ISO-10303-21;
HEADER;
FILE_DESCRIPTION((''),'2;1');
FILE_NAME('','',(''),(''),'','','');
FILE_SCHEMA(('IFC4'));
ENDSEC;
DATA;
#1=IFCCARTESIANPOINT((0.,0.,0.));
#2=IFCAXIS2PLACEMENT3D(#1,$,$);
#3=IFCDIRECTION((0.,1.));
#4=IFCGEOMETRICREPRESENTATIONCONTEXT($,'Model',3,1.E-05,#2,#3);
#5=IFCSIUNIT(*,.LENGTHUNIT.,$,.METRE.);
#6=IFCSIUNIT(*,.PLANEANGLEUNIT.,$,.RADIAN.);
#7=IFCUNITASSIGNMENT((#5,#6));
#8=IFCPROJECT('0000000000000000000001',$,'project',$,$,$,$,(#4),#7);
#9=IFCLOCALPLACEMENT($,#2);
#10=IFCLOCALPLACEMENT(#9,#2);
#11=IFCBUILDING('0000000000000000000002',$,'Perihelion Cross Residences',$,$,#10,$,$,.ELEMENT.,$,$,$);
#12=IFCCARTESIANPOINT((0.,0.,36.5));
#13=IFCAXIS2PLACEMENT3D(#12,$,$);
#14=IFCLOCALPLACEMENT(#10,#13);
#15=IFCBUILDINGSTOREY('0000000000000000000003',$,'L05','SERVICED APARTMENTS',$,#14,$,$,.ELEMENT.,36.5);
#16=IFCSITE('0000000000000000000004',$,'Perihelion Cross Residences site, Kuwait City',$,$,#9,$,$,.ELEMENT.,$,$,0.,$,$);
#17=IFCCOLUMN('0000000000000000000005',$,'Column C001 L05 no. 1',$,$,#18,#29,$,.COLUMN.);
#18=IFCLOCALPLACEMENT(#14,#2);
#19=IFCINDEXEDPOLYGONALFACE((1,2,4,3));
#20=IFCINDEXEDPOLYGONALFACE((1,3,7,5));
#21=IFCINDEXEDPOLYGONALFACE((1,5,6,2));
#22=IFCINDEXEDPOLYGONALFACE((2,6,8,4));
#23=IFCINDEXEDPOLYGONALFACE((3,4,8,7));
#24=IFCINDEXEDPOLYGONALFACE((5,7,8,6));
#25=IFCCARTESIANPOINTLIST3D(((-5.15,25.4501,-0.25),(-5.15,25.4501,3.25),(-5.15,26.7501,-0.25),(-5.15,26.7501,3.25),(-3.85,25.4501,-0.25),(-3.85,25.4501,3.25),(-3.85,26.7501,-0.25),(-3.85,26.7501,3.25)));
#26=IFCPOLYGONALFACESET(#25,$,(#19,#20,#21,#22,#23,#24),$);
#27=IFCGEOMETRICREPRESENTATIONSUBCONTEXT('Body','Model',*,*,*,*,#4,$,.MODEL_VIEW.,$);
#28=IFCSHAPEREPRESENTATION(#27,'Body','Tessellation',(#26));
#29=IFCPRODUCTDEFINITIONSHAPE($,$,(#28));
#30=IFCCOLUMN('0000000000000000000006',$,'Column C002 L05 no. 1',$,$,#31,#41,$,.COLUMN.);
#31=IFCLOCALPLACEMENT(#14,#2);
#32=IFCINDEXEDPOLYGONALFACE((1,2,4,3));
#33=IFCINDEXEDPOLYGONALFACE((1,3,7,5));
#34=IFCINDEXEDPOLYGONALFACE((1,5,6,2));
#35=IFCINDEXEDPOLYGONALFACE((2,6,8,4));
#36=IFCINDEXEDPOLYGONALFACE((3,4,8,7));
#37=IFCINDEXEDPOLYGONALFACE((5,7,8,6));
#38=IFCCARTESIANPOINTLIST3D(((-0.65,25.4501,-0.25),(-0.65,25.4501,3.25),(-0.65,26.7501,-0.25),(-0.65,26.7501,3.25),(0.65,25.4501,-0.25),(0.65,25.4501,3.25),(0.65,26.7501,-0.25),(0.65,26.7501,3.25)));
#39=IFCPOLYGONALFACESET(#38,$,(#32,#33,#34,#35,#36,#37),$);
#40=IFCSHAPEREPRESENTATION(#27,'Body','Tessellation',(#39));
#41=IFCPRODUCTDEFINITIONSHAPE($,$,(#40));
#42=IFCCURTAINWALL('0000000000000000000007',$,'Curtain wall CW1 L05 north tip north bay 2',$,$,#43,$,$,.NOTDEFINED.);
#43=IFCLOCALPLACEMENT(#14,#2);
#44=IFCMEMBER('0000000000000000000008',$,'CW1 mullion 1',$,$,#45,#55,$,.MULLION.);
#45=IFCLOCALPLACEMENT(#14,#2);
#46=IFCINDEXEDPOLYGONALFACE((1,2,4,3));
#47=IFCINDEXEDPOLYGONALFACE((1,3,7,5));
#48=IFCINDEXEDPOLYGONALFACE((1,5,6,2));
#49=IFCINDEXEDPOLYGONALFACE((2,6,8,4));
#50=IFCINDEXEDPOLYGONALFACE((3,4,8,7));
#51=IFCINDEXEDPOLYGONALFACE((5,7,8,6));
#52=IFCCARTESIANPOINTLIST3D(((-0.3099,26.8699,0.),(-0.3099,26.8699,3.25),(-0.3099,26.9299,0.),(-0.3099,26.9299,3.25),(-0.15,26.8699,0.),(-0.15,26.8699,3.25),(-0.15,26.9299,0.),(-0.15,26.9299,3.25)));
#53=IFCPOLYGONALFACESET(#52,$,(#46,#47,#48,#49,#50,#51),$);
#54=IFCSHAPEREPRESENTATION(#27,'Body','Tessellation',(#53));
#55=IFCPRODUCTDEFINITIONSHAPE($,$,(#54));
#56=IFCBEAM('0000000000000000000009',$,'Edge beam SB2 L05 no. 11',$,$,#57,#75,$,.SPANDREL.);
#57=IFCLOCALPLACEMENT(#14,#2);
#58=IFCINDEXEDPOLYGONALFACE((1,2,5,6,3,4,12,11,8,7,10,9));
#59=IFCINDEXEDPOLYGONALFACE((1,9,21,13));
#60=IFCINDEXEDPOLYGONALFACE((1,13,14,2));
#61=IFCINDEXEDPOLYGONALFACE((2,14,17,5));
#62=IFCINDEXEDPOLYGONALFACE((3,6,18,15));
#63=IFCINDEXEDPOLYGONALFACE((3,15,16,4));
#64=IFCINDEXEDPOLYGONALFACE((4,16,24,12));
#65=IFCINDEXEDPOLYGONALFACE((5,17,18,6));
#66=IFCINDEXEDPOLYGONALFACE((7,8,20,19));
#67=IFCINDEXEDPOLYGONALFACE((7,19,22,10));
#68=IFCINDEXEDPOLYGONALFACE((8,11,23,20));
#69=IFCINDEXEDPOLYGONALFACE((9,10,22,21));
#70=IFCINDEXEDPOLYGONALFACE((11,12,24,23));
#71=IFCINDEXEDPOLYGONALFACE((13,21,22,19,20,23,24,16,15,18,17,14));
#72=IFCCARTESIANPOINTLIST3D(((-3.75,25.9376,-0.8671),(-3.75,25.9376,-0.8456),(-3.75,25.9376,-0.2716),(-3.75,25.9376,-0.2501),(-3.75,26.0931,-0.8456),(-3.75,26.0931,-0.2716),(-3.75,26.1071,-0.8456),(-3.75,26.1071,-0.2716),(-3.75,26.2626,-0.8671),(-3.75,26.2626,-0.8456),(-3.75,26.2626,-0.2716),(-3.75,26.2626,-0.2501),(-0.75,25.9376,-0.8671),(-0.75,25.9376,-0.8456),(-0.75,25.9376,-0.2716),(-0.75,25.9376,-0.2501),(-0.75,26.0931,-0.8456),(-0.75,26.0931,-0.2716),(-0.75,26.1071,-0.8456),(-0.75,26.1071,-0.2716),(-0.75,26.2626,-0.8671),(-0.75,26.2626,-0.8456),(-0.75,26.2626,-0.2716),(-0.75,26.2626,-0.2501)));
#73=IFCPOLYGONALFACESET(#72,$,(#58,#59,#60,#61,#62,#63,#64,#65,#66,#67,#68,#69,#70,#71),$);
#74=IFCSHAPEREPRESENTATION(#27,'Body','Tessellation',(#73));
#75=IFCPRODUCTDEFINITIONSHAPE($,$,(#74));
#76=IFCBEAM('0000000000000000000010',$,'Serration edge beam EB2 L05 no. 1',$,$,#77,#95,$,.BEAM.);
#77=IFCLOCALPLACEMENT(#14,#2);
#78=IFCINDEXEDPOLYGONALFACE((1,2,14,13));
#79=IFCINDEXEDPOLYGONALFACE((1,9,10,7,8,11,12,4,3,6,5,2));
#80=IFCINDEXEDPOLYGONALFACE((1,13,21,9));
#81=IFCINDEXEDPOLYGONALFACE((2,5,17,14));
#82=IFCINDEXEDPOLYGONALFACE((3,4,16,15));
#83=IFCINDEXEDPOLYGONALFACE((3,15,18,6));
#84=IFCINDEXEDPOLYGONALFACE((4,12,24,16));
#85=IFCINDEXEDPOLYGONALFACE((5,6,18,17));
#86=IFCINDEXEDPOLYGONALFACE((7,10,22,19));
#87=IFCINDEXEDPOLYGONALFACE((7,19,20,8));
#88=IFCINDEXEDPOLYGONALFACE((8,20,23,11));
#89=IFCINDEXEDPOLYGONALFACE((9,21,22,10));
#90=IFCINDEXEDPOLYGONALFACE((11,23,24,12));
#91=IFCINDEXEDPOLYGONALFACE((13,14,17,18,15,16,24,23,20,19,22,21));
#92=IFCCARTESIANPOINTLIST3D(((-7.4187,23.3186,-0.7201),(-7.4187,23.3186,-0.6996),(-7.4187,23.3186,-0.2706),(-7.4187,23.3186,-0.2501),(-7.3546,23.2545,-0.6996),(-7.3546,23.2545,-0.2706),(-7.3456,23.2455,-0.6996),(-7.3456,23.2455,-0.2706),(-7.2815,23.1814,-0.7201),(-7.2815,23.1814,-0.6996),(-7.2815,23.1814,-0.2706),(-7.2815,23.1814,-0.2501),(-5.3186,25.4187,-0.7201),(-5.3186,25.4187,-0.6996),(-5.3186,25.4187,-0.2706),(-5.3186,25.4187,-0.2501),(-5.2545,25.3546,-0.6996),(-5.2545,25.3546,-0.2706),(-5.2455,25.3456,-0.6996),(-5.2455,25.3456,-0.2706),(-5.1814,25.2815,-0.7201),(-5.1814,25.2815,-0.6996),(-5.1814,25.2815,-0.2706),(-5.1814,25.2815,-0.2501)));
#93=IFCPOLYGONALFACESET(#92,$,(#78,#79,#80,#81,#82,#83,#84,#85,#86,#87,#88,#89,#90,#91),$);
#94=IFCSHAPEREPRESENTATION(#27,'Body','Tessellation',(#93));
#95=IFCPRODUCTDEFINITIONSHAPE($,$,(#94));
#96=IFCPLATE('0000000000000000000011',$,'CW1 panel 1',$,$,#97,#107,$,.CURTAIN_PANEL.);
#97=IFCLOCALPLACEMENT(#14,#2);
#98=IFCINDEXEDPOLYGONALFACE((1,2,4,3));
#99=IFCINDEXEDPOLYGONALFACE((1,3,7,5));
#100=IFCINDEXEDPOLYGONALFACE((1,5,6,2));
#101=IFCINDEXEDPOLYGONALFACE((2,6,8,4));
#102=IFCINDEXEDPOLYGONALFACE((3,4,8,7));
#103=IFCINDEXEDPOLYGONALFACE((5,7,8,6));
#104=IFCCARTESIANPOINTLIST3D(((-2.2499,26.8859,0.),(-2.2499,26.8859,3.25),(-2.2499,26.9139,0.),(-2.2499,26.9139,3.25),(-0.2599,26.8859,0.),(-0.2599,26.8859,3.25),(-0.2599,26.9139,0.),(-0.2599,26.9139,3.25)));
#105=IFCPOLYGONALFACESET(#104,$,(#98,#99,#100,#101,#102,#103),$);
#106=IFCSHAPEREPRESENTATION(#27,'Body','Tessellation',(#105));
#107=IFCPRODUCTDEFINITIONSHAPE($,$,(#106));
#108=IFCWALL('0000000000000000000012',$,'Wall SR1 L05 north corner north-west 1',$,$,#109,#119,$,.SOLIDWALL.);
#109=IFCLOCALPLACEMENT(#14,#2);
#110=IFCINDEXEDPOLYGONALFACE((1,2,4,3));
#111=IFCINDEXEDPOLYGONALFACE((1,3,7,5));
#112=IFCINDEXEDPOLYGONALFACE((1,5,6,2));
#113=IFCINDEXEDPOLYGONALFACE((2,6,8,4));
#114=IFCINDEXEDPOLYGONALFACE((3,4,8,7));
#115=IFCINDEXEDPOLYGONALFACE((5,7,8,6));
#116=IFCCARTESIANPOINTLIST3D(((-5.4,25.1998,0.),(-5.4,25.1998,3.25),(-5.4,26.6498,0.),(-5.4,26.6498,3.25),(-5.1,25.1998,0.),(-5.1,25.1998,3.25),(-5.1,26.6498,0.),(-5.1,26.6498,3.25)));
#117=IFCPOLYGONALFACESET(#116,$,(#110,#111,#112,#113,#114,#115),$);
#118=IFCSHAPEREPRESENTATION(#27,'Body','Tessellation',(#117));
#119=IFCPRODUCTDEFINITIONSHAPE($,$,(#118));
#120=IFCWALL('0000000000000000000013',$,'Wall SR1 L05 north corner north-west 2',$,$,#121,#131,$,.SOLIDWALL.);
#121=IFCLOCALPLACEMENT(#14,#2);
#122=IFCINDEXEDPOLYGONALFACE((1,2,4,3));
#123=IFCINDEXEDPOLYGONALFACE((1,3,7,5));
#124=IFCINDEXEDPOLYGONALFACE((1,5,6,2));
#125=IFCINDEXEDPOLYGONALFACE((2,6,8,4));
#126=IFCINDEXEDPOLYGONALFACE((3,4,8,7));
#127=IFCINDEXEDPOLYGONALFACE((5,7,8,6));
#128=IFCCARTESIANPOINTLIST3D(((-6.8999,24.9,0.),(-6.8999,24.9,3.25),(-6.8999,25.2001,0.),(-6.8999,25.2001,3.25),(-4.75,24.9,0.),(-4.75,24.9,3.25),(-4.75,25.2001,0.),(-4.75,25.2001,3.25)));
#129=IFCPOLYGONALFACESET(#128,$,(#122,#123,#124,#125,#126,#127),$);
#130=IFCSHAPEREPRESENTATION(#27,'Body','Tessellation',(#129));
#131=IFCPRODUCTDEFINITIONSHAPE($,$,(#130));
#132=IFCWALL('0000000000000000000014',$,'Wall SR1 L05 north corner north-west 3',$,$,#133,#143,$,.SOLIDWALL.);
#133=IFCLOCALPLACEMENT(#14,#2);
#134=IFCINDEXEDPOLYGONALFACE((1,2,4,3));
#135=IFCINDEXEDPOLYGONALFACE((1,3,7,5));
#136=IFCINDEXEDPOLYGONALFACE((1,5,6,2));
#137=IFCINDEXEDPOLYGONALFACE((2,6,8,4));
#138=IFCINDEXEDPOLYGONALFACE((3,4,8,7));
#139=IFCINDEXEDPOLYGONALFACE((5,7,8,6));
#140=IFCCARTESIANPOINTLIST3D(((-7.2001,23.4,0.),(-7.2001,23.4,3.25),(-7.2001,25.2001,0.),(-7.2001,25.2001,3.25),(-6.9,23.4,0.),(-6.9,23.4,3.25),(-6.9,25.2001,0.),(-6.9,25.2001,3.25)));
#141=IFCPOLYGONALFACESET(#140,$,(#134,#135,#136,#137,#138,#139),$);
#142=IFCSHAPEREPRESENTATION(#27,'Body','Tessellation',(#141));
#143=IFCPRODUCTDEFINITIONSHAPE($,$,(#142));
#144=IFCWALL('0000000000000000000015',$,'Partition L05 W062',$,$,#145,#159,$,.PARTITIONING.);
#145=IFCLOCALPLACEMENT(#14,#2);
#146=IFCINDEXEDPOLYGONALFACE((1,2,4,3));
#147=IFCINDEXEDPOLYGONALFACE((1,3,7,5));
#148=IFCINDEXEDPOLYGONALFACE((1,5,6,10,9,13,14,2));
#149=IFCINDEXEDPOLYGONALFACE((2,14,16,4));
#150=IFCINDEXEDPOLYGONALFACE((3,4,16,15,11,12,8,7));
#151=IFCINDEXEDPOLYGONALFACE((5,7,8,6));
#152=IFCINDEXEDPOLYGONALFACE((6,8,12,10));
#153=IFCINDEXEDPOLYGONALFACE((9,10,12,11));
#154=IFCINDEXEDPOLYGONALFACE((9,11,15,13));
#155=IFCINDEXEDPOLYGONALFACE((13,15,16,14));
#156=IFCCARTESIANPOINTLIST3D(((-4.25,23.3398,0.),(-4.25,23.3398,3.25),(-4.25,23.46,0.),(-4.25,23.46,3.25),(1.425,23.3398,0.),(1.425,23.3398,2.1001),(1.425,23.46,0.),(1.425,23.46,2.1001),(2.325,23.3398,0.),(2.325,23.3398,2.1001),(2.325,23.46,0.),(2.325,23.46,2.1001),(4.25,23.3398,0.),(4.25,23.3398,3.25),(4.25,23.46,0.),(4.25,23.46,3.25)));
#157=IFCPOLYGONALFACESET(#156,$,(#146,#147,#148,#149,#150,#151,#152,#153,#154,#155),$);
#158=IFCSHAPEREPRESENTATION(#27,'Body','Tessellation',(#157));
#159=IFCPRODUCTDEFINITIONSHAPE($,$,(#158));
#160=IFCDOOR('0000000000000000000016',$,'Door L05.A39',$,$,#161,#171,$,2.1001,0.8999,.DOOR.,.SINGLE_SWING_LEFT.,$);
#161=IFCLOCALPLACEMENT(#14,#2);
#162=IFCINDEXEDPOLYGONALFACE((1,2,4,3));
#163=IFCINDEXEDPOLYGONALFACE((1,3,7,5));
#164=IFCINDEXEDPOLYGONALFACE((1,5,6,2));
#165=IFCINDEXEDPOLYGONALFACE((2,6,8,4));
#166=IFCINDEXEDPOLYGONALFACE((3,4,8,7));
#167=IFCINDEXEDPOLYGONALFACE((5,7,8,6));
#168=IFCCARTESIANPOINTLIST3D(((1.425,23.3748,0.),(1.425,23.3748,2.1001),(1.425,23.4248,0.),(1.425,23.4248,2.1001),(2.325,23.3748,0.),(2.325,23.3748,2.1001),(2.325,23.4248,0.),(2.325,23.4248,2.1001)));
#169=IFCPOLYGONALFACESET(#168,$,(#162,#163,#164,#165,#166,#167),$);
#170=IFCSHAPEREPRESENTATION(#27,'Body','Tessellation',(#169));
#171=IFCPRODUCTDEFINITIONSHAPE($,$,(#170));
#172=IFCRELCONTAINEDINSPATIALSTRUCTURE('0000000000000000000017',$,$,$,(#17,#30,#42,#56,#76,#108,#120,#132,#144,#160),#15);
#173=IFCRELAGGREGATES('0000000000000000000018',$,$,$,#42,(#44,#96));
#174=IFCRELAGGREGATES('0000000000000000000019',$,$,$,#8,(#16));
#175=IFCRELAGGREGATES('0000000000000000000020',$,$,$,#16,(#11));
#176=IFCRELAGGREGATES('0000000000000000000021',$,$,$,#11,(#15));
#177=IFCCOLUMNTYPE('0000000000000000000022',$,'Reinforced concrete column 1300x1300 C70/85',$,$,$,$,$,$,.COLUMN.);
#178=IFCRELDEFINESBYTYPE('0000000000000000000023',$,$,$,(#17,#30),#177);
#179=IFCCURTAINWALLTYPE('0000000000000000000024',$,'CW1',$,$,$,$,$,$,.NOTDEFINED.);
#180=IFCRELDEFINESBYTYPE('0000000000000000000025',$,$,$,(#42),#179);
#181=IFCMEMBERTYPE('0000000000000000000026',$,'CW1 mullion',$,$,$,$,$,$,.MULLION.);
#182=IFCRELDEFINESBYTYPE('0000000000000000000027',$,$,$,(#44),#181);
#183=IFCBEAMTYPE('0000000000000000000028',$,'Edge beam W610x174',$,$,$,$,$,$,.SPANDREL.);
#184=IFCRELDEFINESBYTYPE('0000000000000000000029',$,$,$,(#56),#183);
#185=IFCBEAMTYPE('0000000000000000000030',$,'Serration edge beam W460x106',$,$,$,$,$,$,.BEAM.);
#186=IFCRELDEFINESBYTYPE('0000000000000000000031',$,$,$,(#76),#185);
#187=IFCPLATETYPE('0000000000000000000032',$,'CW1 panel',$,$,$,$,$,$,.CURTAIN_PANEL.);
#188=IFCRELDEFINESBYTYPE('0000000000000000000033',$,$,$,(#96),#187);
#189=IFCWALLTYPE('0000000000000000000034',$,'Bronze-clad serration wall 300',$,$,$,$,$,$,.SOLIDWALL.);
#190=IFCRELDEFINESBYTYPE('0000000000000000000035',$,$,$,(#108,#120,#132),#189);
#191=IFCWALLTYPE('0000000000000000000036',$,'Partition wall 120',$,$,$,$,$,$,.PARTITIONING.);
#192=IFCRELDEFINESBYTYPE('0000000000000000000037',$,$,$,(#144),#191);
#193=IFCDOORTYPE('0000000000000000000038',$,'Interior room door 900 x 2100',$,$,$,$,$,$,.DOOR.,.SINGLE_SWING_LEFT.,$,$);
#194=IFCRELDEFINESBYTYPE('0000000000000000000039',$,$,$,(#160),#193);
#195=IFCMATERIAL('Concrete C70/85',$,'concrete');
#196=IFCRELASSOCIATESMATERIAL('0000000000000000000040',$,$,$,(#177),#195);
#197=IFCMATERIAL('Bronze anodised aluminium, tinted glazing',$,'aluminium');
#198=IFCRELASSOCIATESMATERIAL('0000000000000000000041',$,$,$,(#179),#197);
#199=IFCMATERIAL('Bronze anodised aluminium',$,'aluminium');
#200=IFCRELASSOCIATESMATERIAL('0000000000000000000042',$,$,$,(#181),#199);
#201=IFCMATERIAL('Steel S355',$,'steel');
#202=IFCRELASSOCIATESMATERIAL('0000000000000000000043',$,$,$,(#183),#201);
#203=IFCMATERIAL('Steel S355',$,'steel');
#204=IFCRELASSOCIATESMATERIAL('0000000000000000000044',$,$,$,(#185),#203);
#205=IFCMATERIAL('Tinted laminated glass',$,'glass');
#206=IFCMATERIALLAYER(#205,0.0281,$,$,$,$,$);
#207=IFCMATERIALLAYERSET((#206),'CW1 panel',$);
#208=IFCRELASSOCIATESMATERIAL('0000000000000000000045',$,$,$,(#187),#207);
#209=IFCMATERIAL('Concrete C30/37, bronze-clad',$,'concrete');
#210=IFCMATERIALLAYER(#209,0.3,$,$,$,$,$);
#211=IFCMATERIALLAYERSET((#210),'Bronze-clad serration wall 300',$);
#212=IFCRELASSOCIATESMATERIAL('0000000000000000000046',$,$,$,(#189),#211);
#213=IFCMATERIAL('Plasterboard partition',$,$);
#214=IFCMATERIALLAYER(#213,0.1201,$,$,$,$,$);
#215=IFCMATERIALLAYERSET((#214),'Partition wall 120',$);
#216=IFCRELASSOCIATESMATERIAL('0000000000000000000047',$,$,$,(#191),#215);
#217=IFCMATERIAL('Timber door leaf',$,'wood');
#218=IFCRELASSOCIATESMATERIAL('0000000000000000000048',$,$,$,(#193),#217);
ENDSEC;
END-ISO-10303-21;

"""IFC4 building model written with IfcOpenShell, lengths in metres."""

from ifc_helpers import new_model, si_unit, direction, frame, frame_2d, origin, origin_2d, place, context, subcontext, project, spatial, rectangle, i_section, extrude, material, layer, layer_set, material_profile, profile_set, type_object, element, fill, aggregate, save


model = new_model("IFC4")

# Units and contexts
model_context = context("Model", 3, precision=1e-05, world=origin(), true_north=direction((0.0, 1.0)))
body_context = subcontext(model_context, "Body", "Model", "MODEL_VIEW")
ifc_project = project(units=[si_unit("LENGTHUNIT", "METRE"), si_unit("PLANEANGLEUNIT", "RADIAN")], contexts=[model_context])

# Site, building, storey
site_placement = place(None, origin())
site = spatial("IfcSite", under=ifc_project, at=site_placement, Name="Perihelion Cross Residences site, Kuwait City", CompositionType="ELEMENT", RefElevation=0.0)
building_placement = place(site_placement, origin())
building = spatial("IfcBuilding", under=site, at=building_placement, Name="Perihelion Cross Residences", CompositionType="ELEMENT")
storey_placement = place(building_placement, frame((0.0, 0.0, 36.5)))
storey = spatial("IfcBuildingStorey", under=building, at=storey_placement, Name="L05", Description="SERVICED APARTMENTS", CompositionType="ELEMENT", Elevation=36.5)

# Columns
ifc_material_1 = material(Name="Concrete C70/85", Category="concrete")
ifc_material_profile_1 = material_profile(ifc_material_1, rectangle(XDim=1.3, YDim=1.3, at=origin_2d()), Name="RC 1300x1300")
ifc_profile_set_1 = profile_set([ifc_material_profile_1], Name="Concrete C70/85")
column_type = type_object("IfcColumnType", Name="Reinforced concrete column 1300x1300 C70/85", PredefinedType="COLUMN", material=ifc_profile_set_1)
for number, where, z_axis, x_axis, name in (
    (1, (-4.5, 26.1001, -0.25), (0.0, 0.0, 1.0), (1.0, 0.0, 0.0), "Column C001 L05 no. 1"),
    (2, (0.0, 26.1001, -0.25), (0.0, 0.0, 1.0), (1.0, 0.0, 0.0), "Column C002 L05 no. 1"),
):
    element("IfcColumn", number, at=place(storey_placement, frame(where, z_axis=z_axis, x_axis=x_axis)), inside=storey, type_object=column_type, Name=name, PredefinedType="COLUMN", context=body_context, shape_type="SweptSolid", body=[
        extrude(rectangle(XDim=1.3, YDim=1.3, at=origin_2d()), origin(), (0.0, 0.0, 1.0), 3.5),
    ])

# Curtain wall, member
ifc_material_2 = material(Name="Bronze anodised aluminium, tinted glazing", Category="aluminium")
curtain_wall_type = type_object("IfcCurtainWallType", Name="CW1", PredefinedType="NOTDEFINED", material=ifc_material_2)
curtain_wall_placement = place(storey_placement, origin())
curtain_wall = element("IfcCurtainWall", 3, at=curtain_wall_placement, inside=storey, type_object=curtain_wall_type, Name="Curtain wall CW1 L05 north tip north bay 2", PredefinedType="NOTDEFINED")
ifc_material_3 = material(Name="Bronze anodised aluminium", Category="aluminium")
ifc_material_profile_2 = material_profile(ifc_material_3, rectangle(XDim=0.0601, YDim=0.1599, at=origin_2d()), Name="CW1 mullion")
ifc_profile_set_2 = profile_set([ifc_material_profile_2], Name="Bronze anodised aluminium")
member_type = type_object("IfcMemberType", Name="CW1 mullion", PredefinedType="MULLION", material=ifc_profile_set_2)
member_placement = place(storey_placement, frame((-0.23, 26.8999, 0.0), z_axis=(0.0, 0.0, 1.0), x_axis=(0.0, -1.0, 0.0)))
member = element("IfcMember", 4, at=member_placement, type_object=member_type, Name="CW1 mullion 1", PredefinedType="MULLION", context=body_context, shape_type="SweptSolid", body=[
    extrude(rectangle(XDim=0.0601, YDim=0.1599, at=origin_2d()), origin(), (0.0, 0.0, 1.0), 3.25),
])

# Beams
ifc_material_4 = material(Name="Steel S355", Category="steel")
ifc_material_profile_3 = material_profile(ifc_material_4, i_section(OverallWidth=0.325, OverallDepth=0.6169, WebThickness=0.0139, FlangeThickness=0.0215, at=origin_2d()), Name="W610x174")
ifc_profile_set_3 = profile_set([ifc_material_profile_3], Name="Steel S355")
beam_type_1 = type_object("IfcBeamType", Name="Edge beam W610x174", PredefinedType="SPANDREL", material=ifc_profile_set_3)
beam_1_placement = place(storey_placement, frame((-0.75, 26.1001, -0.5586), z_axis=(-1.0, 0.0, 0.0), x_axis=(0.0, -1.0, 0.0)))
element("IfcBeam", 5, at=beam_1_placement, inside=storey, type_object=beam_type_1, Name="Edge beam SB2 L05 no. 11", PredefinedType="SPANDREL", context=body_context, shape_type="SweptSolid", body=[
    extrude(i_section(OverallWidth=0.325, OverallDepth=0.6169, WebThickness=0.0139, FlangeThickness=0.0215, at=origin_2d()), origin(), (0.0, 0.0, 1.0), 3.0),
])
ifc_material_5 = material(Name="Steel S355", Category="steel")
ifc_material_profile_4 = material_profile(ifc_material_5, i_section(OverallWidth=0.1941, OverallDepth=0.47, WebThickness=0.0127, FlangeThickness=0.0205, at=origin_2d()), Name="W460x106")
ifc_profile_set_4 = profile_set([ifc_material_profile_4], Name="Steel S355")
beam_type_2 = type_object("IfcBeamType", Name="Serration edge beam W460x106", PredefinedType="BEAM", material=ifc_profile_set_4)
beam_2_placement = place(storey_placement, frame((-5.25, 25.3501, -0.4851), z_axis=(-0.707107, -0.707107, 0.0), x_axis=(0.707107, -0.707107, 0.0)))
element("IfcBeam", 6, at=beam_2_placement, inside=storey, type_object=beam_type_2, Name="Serration edge beam EB2 L05 no. 1", PredefinedType="BEAM", context=body_context, shape_type="SweptSolid", body=[
    extrude(i_section(OverallWidth=0.1941, OverallDepth=0.47, WebThickness=0.0127, FlangeThickness=0.0205, at=origin_2d()), origin(), (0.0, 0.0, 1.0), 2.97),
])

# Plate
ifc_material_6 = material(Name="Tinted laminated glass", Category="glass")
ifc_layer_1 = layer(ifc_material_6, 0.0281)
ifc_layer_set_1 = layer_set([ifc_layer_1], Name="CW1 panel")
plate_type = type_object("IfcPlateType", Name="CW1 panel", PredefinedType="CURTAIN_PANEL", material=ifc_layer_set_1)
plate_placement = place(storey_placement, frame((-1.2549, 26.8999, 0.0), z_axis=(0.0, 0.0, 1.0), x_axis=(-1.0, 0.0, 0.0)))
plate = element("IfcPlate", 7, at=plate_placement, type_object=plate_type, Name="CW1 panel 1", PredefinedType="CURTAIN_PANEL", context=body_context, shape_type="SweptSolid", body=[
    extrude(rectangle(XDim=1.99, YDim=0.0281, at=origin_2d()), origin(), (0.0, 0.0, 1.0), 3.25),
])
aggregate(curtain_wall, [member, plate])

# Walls
ifc_material_7 = material(Name="Concrete C30/37, bronze-clad", Category="concrete")
ifc_layer_2 = layer(ifc_material_7, 0.3)
ifc_layer_set_2 = layer_set([ifc_layer_2], Name="Bronze-clad serration wall 300")
wall_type_1 = type_object("IfcWallType", Name="Bronze-clad serration wall 300", PredefinedType="SOLIDWALL", material=ifc_layer_set_2)
wall_1_placement = place(storey_placement, frame((-5.25, 26.6499, 0.0), z_axis=(0.0, 0.0, 1.0), x_axis=(0.0, -1.0, 0.0)))
element("IfcWall", 8, at=wall_1_placement, inside=storey, type_object=wall_type_1, Name="Wall SR1 L05 north corner north-west 1", PredefinedType="SOLIDWALL", context=body_context, shape_type="SweptSolid", body=[
    extrude(rectangle(XDim=1.45, YDim=0.3, at=frame_2d((0.7251, 0.0))), origin(), (0.0, 0.0, 1.0), 3.25),
])
wall_2_placement = place(storey_placement, frame((-4.75, 25.05, 0.0), z_axis=(0.0, 0.0, 1.0), x_axis=(-1.0, 0.0, 0.0)))
element("IfcWall", 9, at=wall_2_placement, inside=storey, type_object=wall_type_1, Name="Wall SR1 L05 north corner north-west 2", PredefinedType="SOLIDWALL", context=body_context, shape_type="SweptSolid", body=[
    extrude(rectangle(XDim=2.1499, YDim=0.3, at=frame_2d((1.075, 0.0))), origin(), (0.0, 0.0, 1.0), 3.25),
])
wall_3_placement = place(storey_placement, frame((-7.05, 25.2, 0.0), z_axis=(0.0, 0.0, 1.0), x_axis=(0.0, -1.0, 0.0)))
element("IfcWall", 10, at=wall_3_placement, inside=storey, type_object=wall_type_1, Name="Wall SR1 L05 north corner north-west 3", PredefinedType="SOLIDWALL", context=body_context, shape_type="SweptSolid", body=[
    extrude(rectangle(XDim=1.8, YDim=0.3, at=frame_2d((0.8999, 0.0))), origin(), (0.0, 0.0, 1.0), 3.25),
])

# Wall, opening, door
ifc_material_8 = material(Name="Plasterboard partition")
ifc_layer_3 = layer(ifc_material_8, 0.1201)
ifc_layer_set_3 = layer_set([ifc_layer_3], Name="Partition wall 120")
wall_type_2 = type_object("IfcWallType", Name="Partition wall 120", PredefinedType="PARTITIONING", material=ifc_layer_set_3)
wall_4_placement = place(storey_placement, frame((-4.25, 23.3999, 0.0), z_axis=(0.0, 0.0, 1.0), x_axis=(1.0, 0.0, 0.0)))
wall_4 = element("IfcWall", 11, at=wall_4_placement, inside=storey, type_object=wall_type_2, Name="Partition L05 W062", PredefinedType="PARTITIONING", context=body_context, shape_type="SweptSolid", body=[
    extrude(rectangle(XDim=8.5, YDim=0.1201, at=frame_2d((4.25, 0.0))), origin(), (0.0, 0.0, 1.0), 3.25),
])
opening_1_placement = place(wall_4_placement, frame((5.675, 0.0, 0.0)))
opening_1 = element("IfcOpeningElement", 12, at=opening_1_placement, cuts=wall_4, PredefinedType="OPENING", context=body_context, shape_type="SweptSolid", body=[
    extrude(rectangle(XDim=0.8999, YDim=2.1001, at=frame_2d((0.45, 1.05))), frame((0.0, 0.0701, 0.0), z_axis=(0.0, -1.0, 0.0), x_axis=(1.0, 0.0, 0.0)), (0.0, 0.0, 1.0), 0.1401),
])
ifc_material_9 = material(Name="Timber door leaf", Category="wood")
door_type_1 = type_object("IfcDoorType", Name="Interior room door 900 x 2100", OperationType="SINGLE_SWING_LEFT", PredefinedType="DOOR", material=ifc_material_9)
door_1_placement = place(opening_1_placement, origin())
door_1 = element("IfcDoor", 13, at=door_1_placement, inside=storey, type_object=door_type_1, Name="Door L05.A39", OperationType="SINGLE_SWING_LEFT", OverallHeight=2.1001, OverallWidth=0.8999, PredefinedType="DOOR", context=body_context, shape_type="SweptSolid", body=[
    extrude(rectangle(XDim=0.8999, YDim=2.1001, at=frame_2d((0.45, 1.05))), frame((0.0, 0.0249, 0.0), z_axis=(0.0, -1.0, 0.0), x_axis=(1.0, 0.0, 0.0)), (0.0, 0.0, 1.0), 0.05),
])
fill(opening_1, door_1)

save(model, "model.ifc")
